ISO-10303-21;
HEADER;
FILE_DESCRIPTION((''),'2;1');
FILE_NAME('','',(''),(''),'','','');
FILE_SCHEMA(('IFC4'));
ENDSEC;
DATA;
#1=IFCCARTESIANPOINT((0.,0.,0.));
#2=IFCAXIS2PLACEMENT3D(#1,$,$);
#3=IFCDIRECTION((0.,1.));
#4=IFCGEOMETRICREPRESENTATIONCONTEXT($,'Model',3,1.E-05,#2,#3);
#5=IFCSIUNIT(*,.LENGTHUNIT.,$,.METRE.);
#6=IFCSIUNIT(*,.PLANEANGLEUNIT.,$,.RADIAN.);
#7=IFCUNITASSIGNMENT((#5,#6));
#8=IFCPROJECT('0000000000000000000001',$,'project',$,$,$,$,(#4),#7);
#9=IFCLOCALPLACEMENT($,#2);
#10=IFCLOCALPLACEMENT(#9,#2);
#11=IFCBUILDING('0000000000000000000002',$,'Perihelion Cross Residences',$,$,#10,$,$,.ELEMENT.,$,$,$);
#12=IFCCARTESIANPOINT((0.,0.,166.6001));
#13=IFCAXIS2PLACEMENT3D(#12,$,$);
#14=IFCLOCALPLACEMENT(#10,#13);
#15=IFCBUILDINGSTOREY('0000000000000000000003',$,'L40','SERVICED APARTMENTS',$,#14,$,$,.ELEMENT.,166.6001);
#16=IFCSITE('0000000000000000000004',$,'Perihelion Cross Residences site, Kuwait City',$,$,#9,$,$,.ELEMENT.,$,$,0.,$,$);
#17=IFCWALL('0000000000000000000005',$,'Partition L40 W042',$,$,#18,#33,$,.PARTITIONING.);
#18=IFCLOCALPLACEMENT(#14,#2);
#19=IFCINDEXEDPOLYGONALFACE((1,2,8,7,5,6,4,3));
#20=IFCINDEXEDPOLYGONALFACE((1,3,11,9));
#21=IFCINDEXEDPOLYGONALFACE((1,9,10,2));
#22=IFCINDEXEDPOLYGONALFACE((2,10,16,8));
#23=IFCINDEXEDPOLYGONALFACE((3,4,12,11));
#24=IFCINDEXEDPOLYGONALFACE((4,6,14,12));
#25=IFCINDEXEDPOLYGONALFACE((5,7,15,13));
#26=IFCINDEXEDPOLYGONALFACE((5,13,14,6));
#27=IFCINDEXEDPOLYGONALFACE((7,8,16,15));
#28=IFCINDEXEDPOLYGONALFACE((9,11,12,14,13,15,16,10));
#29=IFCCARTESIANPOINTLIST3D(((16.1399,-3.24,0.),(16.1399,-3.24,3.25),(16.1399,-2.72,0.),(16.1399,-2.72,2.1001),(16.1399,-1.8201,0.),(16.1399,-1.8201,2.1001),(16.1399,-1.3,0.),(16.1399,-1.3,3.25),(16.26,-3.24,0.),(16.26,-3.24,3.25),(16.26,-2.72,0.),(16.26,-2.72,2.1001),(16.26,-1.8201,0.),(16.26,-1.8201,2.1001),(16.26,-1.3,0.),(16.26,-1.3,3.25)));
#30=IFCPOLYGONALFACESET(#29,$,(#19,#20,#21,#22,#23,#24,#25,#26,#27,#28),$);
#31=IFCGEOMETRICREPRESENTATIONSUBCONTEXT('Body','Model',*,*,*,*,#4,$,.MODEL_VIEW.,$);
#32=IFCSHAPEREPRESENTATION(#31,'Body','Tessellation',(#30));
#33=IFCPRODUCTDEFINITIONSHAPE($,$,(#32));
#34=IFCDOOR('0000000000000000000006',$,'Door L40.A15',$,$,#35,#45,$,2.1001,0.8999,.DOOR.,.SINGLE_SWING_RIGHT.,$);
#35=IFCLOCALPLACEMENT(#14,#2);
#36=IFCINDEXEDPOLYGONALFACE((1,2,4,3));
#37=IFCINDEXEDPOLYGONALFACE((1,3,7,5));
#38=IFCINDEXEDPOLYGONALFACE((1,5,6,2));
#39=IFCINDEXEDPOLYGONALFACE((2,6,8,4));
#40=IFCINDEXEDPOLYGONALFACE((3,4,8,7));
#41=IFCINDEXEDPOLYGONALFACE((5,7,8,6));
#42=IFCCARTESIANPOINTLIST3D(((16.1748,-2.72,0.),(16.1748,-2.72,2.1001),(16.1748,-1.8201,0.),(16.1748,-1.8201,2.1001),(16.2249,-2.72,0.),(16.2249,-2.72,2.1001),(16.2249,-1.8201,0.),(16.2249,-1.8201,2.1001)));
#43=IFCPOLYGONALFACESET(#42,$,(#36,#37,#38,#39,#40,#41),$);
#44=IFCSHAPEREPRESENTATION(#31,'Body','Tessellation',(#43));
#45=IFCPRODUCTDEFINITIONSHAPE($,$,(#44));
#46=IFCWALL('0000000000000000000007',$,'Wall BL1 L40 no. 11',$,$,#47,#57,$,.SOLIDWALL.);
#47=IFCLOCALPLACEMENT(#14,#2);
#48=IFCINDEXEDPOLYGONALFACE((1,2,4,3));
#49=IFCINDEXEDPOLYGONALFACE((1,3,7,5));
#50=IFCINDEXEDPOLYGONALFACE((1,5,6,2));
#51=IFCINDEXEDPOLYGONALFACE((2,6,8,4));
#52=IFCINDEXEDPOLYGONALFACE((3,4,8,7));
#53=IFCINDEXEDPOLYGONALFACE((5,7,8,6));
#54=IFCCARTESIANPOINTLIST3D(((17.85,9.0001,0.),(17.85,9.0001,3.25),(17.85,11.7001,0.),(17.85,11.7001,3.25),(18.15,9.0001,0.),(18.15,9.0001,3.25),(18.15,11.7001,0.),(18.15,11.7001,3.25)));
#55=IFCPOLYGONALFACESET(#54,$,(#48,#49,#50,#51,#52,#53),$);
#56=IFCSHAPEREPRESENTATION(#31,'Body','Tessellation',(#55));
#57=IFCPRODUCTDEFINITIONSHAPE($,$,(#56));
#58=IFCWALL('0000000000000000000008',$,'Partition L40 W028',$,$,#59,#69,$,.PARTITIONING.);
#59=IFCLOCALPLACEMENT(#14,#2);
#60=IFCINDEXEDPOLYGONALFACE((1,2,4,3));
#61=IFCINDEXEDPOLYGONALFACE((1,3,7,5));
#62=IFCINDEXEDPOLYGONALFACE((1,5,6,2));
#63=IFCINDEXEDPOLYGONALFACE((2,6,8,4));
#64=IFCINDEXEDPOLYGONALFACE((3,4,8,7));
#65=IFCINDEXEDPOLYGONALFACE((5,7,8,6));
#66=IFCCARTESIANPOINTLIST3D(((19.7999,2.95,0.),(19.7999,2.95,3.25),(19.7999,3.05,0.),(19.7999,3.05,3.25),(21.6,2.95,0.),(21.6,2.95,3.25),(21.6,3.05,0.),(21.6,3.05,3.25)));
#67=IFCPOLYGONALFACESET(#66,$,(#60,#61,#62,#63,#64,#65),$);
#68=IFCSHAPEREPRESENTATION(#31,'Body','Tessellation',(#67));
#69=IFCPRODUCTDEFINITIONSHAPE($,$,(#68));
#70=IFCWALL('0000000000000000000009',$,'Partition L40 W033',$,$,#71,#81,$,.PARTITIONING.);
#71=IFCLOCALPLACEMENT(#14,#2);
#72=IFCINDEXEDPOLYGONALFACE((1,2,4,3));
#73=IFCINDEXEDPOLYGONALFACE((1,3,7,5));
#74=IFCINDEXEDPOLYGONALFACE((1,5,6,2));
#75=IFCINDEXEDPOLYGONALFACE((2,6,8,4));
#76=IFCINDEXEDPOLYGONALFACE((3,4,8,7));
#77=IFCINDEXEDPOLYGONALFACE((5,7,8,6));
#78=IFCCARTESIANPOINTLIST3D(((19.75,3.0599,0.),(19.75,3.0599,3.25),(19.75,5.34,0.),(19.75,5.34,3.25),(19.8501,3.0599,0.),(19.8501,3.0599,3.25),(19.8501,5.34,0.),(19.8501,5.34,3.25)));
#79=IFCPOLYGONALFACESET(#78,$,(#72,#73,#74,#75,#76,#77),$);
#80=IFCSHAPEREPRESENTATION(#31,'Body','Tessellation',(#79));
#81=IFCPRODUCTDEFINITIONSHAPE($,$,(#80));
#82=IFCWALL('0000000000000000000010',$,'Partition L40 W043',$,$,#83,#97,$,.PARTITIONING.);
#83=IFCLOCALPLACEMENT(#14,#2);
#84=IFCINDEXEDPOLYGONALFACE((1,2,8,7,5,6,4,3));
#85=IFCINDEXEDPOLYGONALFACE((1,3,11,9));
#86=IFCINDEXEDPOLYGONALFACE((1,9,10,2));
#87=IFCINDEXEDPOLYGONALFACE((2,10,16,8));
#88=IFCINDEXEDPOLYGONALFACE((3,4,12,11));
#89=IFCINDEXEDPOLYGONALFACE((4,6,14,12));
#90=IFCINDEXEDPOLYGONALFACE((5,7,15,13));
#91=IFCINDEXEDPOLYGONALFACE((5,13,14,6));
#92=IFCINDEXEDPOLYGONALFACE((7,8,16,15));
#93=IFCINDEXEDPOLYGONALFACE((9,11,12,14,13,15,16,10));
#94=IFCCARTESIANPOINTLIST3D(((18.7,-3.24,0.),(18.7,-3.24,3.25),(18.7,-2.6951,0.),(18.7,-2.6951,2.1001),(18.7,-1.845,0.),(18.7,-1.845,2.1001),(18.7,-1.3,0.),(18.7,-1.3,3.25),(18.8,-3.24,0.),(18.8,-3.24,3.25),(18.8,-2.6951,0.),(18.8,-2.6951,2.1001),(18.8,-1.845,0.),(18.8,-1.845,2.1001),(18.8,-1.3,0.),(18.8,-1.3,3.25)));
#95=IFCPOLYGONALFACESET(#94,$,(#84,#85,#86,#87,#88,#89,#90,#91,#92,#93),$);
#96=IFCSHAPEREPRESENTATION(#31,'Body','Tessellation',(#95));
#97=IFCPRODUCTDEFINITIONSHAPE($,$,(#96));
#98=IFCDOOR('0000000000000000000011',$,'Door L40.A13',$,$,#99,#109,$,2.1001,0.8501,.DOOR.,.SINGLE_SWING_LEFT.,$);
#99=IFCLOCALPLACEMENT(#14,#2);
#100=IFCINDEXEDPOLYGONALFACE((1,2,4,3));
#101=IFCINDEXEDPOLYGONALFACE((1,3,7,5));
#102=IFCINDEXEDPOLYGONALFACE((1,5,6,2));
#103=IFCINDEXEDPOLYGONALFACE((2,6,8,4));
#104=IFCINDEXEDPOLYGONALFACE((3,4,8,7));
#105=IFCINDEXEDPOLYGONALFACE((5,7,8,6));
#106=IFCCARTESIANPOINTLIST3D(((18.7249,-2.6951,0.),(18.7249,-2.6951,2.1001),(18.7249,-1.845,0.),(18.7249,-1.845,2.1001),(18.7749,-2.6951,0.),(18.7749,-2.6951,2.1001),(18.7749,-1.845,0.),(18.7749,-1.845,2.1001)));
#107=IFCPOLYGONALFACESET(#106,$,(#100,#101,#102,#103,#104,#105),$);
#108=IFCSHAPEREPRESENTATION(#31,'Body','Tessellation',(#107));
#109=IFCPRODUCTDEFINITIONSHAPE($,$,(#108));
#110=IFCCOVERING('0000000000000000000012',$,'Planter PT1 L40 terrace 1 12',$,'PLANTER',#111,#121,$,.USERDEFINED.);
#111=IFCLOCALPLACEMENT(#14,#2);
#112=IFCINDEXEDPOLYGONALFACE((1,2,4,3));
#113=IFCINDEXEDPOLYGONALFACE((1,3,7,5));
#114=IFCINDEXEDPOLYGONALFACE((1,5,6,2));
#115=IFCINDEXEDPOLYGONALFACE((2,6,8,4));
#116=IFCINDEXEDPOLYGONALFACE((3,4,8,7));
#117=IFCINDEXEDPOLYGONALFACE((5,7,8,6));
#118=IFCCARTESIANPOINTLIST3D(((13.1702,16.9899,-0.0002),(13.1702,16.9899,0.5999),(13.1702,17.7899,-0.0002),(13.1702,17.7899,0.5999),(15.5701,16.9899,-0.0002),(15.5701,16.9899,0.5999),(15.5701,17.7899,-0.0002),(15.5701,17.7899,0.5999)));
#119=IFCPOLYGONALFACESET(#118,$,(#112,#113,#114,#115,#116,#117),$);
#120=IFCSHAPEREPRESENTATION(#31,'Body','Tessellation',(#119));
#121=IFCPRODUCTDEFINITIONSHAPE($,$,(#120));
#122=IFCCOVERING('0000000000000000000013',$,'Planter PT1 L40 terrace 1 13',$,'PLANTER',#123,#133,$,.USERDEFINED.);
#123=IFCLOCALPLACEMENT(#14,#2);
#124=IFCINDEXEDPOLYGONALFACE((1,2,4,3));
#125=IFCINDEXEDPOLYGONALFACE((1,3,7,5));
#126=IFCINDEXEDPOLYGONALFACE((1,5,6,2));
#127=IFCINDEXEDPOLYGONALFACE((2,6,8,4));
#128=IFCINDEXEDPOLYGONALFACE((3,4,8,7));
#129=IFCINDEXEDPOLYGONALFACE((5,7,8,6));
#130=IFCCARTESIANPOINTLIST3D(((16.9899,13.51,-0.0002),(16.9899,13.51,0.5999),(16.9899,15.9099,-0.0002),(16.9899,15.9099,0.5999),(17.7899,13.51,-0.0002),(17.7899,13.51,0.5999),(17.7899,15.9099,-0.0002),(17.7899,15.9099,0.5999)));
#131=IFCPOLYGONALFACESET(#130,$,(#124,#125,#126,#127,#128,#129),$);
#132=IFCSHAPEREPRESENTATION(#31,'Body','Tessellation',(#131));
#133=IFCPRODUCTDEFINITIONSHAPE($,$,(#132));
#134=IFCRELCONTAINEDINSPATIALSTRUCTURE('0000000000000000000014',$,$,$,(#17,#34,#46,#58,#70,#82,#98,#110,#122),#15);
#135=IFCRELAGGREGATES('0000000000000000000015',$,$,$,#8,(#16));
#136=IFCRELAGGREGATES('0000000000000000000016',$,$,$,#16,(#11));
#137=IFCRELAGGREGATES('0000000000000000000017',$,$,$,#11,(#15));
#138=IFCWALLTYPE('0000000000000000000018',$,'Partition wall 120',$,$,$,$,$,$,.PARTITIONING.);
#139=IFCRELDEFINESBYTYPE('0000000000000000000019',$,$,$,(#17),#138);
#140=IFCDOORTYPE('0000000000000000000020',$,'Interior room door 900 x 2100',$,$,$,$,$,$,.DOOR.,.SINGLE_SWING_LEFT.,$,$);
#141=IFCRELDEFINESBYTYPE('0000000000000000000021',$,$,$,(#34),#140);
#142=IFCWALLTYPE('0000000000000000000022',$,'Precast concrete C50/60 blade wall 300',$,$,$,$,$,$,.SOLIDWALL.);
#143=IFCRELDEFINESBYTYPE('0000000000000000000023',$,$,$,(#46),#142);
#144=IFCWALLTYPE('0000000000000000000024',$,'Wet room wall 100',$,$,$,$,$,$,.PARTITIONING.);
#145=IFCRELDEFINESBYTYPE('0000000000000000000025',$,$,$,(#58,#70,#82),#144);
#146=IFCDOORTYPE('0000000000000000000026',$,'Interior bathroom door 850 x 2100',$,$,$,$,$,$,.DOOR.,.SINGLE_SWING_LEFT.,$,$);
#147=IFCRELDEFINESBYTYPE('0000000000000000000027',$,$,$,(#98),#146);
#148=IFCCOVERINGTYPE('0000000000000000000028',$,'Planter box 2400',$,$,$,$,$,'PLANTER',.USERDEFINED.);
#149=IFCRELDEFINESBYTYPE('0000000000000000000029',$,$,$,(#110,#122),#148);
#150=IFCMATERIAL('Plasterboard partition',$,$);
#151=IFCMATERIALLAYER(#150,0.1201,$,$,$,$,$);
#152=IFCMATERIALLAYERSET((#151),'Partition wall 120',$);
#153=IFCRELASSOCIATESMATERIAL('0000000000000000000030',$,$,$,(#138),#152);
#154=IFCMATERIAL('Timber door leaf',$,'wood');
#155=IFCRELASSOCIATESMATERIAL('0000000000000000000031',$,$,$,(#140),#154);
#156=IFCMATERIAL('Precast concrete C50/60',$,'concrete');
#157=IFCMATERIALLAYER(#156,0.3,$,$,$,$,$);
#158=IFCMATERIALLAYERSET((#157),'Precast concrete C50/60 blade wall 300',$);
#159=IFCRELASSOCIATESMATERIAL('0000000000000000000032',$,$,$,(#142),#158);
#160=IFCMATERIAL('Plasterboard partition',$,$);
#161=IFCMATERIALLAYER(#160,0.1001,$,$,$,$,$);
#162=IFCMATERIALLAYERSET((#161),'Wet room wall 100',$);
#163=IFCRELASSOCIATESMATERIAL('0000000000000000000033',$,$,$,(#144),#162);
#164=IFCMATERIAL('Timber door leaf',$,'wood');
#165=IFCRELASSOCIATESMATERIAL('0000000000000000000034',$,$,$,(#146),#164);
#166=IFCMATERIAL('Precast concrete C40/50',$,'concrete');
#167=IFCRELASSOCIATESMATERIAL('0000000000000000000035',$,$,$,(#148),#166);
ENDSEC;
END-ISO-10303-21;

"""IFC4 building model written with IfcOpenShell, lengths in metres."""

from ifc_helpers import new_model, si_unit, direction, frame, frame_2d, origin, origin_2d, place, context, subcontext, project, spatial, rectangle, extrude, material, layer, layer_set, type_object, element, fill, save


model = new_model("IFC4")

# Units and contexts
model_context = context("Model", 3, precision=1e-05, world=origin(), true_north=direction((0.0, 1.0)))
body_context = subcontext(model_context, "Body", "Model", "MODEL_VIEW")
ifc_project = project(units=[si_unit("LENGTHUNIT", "METRE"), si_unit("PLANEANGLEUNIT", "RADIAN")], contexts=[model_context])

# Site, building, storey
site_placement = place(None, origin())
site = spatial("IfcSite", under=ifc_project, at=site_placement, Name="Perihelion Cross Residences site, Kuwait City", CompositionType="ELEMENT", RefElevation=0.0)
building_placement = place(site_placement, origin())
building = spatial("IfcBuilding", under=site, at=building_placement, Name="Perihelion Cross Residences", CompositionType="ELEMENT")
storey_placement = place(building_placement, frame((0.0, 0.0, 166.6001)))
storey = spatial("IfcBuildingStorey", under=building, at=storey_placement, Name="L40", Description="SERVICED APARTMENTS", CompositionType="ELEMENT", Elevation=166.6001)

# Shared definitions
ifc_material_1 = material(Name="Plasterboard partition")
ifc_layer_1 = layer(ifc_material_1, 0.1201)
ifc_layer_set_1 = layer_set([ifc_layer_1], Name="Partition wall 120")
wall_type_1 = type_object("IfcWallType", Name="Partition wall 120", PredefinedType="PARTITIONING", material=ifc_layer_set_1)
ifc_material_2 = material(Name="Timber door leaf", Category="wood")
door_type_1 = type_object("IfcDoorType", Name="Interior room door 900 x 2100", OperationType="SINGLE_SWING_LEFT", PredefinedType="DOOR", material=ifc_material_2)

# Wall, opening, door
wall_1_placement = place(storey_placement, frame((16.2, -1.3, 0.0), z_axis=(0.0, 0.0, 1.0), x_axis=(0.0, -1.0, 0.0)))
wall_1 = element("IfcWall", 1, at=wall_1_placement, inside=storey, type_object=wall_type_1, Name="Partition L40 W042", PredefinedType="PARTITIONING", context=body_context, shape_type="SweptSolid", body=[
    extrude(rectangle(XDim=1.9399, YDim=0.1201, at=frame_2d((0.97, 0.0))), origin(), (0.0, 0.0, 1.0), 3.25),
])
opening_1_placement = place(wall_1_placement, frame((0.52, 0.0, 0.0)))
opening_1 = element("IfcOpeningElement", 2, at=opening_1_placement, cuts=wall_1, PredefinedType="OPENING", context=body_context, shape_type="SweptSolid", body=[
    extrude(rectangle(XDim=0.8999, YDim=2.1001, at=frame_2d((0.45, 1.05))), frame((0.0, 0.0701, 0.0), z_axis=(0.0, -1.0, 0.0), x_axis=(1.0, 0.0, 0.0)), (0.0, 0.0, 1.0), 0.1401),
])
door_1_placement = place(opening_1_placement, origin())
door_1 = element("IfcDoor", 3, at=door_1_placement, inside=storey, type_object=door_type_1, Name="Door L40.A15", OperationType="SINGLE_SWING_RIGHT", OverallHeight=2.1001, OverallWidth=0.8999, PredefinedType="DOOR", context=body_context, shape_type="SweptSolid", body=[
    extrude(rectangle(XDim=0.8999, YDim=2.1001, at=frame_2d((0.45, 1.05))), frame((0.0, 0.0249, 0.0), z_axis=(0.0, -1.0, 0.0), x_axis=(1.0, 0.0, 0.0)), (0.0, 0.0, 1.0), 0.05),
])
fill(opening_1, door_1)

# Walls
ifc_material_3 = material(Name="Precast concrete C50/60", Category="concrete")
ifc_layer_2 = layer(ifc_material_3, 0.3)
ifc_layer_set_2 = layer_set([ifc_layer_2], Name="Precast concrete C50/60 blade wall 300")
wall_type_2 = type_object("IfcWallType", Name="Precast concrete C50/60 blade wall 300", PredefinedType="SOLIDWALL", material=ifc_layer_set_2)
wall_2_placement = place(storey_placement, frame((18.0, 9.0, 0.0), z_axis=(0.0, 0.0, 1.0), x_axis=(0.0, 1.0, 0.0)))
element("IfcWall", 4, at=wall_2_placement, inside=storey, type_object=wall_type_2, Name="Wall BL1 L40 no. 11", PredefinedType="SOLIDWALL", context=body_context, shape_type="SweptSolid", body=[
    extrude(rectangle(XDim=2.7, YDim=0.3, at=frame_2d((1.3501, 0.0))), origin(), (0.0, 0.0, 1.0), 3.25),
])
ifc_material_4 = material(Name="Plasterboard partition")
ifc_layer_3 = layer(ifc_material_4, 0.1001)
ifc_layer_set_3 = layer_set([ifc_layer_3], Name="Wet room wall 100")
wall_type_3 = type_object("IfcWallType", Name="Wet room wall 100", PredefinedType="PARTITIONING", material=ifc_layer_set_3)
wall_3_placement = place(storey_placement, frame((19.8, 3.0, 0.0), z_axis=(0.0, 0.0, 1.0), x_axis=(1.0, 0.0, 0.0)))
element("IfcWall", 5, at=wall_3_placement, inside=storey, type_object=wall_type_3, Name="Partition L40 W028", PredefinedType="PARTITIONING", context=body_context, shape_type="SweptSolid", body=[
    extrude(rectangle(XDim=1.8, YDim=0.1001, at=frame_2d((0.8999, 0.0))), origin(), (0.0, 0.0, 1.0), 3.25),
])
wall_4_placement = place(storey_placement, frame((19.8, 5.3401, 0.0), z_axis=(0.0, 0.0, 1.0), x_axis=(0.0, -1.0, 0.0)))
element("IfcWall", 6, at=wall_4_placement, inside=storey, type_object=wall_type_3, Name="Partition L40 W033", PredefinedType="PARTITIONING", context=body_context, shape_type="SweptSolid", body=[
    extrude(rectangle(XDim=2.28, YDim=0.1001, at=frame_2d((1.1401, 0.0))), origin(), (0.0, 0.0, 1.0), 3.25),
])

# Wall, opening, door
wall_5_placement = place(storey_placement, frame((18.75, -1.3, 0.0), z_axis=(0.0, 0.0, 1.0), x_axis=(0.0, -1.0, 0.0)))
wall_5 = element("IfcWall", 7, at=wall_5_placement, inside=storey, type_object=wall_type_3, Name="Partition L40 W043", PredefinedType="PARTITIONING", context=body_context, shape_type="SweptSolid", body=[
    extrude(rectangle(XDim=1.9399, YDim=0.1001, at=frame_2d((0.97, 0.0))), origin(), (0.0, 0.0, 1.0), 3.25),
])
opening_2_placement = place(wall_5_placement, frame((0.5449, 0.0, 0.0)))
opening_2 = element("IfcOpeningElement", 8, at=opening_2_placement, cuts=wall_5, PredefinedType="OPENING", context=body_context, shape_type="SweptSolid", body=[
    extrude(rectangle(XDim=0.8501, YDim=2.1001, at=frame_2d((0.425, 1.05))), frame((0.0, 0.0601, 0.0), z_axis=(0.0, -1.0, 0.0), x_axis=(1.0, 0.0, 0.0)), (0.0, 0.0, 1.0), 0.1201),
])
ifc_material_5 = material(Name="Timber door leaf", Category="wood")
door_type_2 = type_object("IfcDoorType", Name="Interior bathroom door 850 x 2100", OperationType="SINGLE_SWING_LEFT", PredefinedType="DOOR", material=ifc_material_5)
door_2_placement = place(opening_2_placement, origin())
door_2 = element("IfcDoor", 9, at=door_2_placement, inside=storey, type_object=door_type_2, Name="Door L40.A13", OperationType="SINGLE_SWING_LEFT", OverallHeight=2.1001, OverallWidth=0.8501, PredefinedType="DOOR", context=body_context, shape_type="SweptSolid", body=[
    extrude(rectangle(XDim=0.8501, YDim=2.1001, at=frame_2d((0.425, 1.05))), frame((0.0, 0.0249, 0.0), z_axis=(0.0, -1.0, 0.0), x_axis=(1.0, 0.0, 0.0)), (0.0, 0.0, 1.0), 0.05),
])
fill(opening_2, door_2)

# Coverings
ifc_material_6 = material(Name="Precast concrete C40/50", Category="concrete")
covering_type = type_object("IfcCoveringType", Name="Planter box 2400", ElementType="PLANTER", PredefinedType="USERDEFINED", material=ifc_material_6)
for number, where, z_axis, x_axis, name in (
    (10, (14.3701, 17.3899, -0.0002), (0.0, 0.0, 1.0), (1.0, 0.0, 0.0), "Planter PT1 L40 terrace 1 12"),
    (11, (17.3899, 14.71, -0.0002), (0.0, 0.0, 1.0), (0.0, -1.0, 0.0), "Planter PT1 L40 terrace 1 13"),
):
    element("IfcCovering", number, at=place(storey_placement, frame(where, z_axis=z_axis, x_axis=x_axis)), inside=storey, type_object=covering_type, Name=name, ObjectType="PLANTER", PredefinedType="USERDEFINED", context=body_context, shape_type="SweptSolid", body=[
        extrude(rectangle(XDim=2.3999, YDim=0.8, at=origin_2d()), origin(), (0.0, 0.0, 1.0), 0.6001),
    ])

save(model, "model.ifc")
